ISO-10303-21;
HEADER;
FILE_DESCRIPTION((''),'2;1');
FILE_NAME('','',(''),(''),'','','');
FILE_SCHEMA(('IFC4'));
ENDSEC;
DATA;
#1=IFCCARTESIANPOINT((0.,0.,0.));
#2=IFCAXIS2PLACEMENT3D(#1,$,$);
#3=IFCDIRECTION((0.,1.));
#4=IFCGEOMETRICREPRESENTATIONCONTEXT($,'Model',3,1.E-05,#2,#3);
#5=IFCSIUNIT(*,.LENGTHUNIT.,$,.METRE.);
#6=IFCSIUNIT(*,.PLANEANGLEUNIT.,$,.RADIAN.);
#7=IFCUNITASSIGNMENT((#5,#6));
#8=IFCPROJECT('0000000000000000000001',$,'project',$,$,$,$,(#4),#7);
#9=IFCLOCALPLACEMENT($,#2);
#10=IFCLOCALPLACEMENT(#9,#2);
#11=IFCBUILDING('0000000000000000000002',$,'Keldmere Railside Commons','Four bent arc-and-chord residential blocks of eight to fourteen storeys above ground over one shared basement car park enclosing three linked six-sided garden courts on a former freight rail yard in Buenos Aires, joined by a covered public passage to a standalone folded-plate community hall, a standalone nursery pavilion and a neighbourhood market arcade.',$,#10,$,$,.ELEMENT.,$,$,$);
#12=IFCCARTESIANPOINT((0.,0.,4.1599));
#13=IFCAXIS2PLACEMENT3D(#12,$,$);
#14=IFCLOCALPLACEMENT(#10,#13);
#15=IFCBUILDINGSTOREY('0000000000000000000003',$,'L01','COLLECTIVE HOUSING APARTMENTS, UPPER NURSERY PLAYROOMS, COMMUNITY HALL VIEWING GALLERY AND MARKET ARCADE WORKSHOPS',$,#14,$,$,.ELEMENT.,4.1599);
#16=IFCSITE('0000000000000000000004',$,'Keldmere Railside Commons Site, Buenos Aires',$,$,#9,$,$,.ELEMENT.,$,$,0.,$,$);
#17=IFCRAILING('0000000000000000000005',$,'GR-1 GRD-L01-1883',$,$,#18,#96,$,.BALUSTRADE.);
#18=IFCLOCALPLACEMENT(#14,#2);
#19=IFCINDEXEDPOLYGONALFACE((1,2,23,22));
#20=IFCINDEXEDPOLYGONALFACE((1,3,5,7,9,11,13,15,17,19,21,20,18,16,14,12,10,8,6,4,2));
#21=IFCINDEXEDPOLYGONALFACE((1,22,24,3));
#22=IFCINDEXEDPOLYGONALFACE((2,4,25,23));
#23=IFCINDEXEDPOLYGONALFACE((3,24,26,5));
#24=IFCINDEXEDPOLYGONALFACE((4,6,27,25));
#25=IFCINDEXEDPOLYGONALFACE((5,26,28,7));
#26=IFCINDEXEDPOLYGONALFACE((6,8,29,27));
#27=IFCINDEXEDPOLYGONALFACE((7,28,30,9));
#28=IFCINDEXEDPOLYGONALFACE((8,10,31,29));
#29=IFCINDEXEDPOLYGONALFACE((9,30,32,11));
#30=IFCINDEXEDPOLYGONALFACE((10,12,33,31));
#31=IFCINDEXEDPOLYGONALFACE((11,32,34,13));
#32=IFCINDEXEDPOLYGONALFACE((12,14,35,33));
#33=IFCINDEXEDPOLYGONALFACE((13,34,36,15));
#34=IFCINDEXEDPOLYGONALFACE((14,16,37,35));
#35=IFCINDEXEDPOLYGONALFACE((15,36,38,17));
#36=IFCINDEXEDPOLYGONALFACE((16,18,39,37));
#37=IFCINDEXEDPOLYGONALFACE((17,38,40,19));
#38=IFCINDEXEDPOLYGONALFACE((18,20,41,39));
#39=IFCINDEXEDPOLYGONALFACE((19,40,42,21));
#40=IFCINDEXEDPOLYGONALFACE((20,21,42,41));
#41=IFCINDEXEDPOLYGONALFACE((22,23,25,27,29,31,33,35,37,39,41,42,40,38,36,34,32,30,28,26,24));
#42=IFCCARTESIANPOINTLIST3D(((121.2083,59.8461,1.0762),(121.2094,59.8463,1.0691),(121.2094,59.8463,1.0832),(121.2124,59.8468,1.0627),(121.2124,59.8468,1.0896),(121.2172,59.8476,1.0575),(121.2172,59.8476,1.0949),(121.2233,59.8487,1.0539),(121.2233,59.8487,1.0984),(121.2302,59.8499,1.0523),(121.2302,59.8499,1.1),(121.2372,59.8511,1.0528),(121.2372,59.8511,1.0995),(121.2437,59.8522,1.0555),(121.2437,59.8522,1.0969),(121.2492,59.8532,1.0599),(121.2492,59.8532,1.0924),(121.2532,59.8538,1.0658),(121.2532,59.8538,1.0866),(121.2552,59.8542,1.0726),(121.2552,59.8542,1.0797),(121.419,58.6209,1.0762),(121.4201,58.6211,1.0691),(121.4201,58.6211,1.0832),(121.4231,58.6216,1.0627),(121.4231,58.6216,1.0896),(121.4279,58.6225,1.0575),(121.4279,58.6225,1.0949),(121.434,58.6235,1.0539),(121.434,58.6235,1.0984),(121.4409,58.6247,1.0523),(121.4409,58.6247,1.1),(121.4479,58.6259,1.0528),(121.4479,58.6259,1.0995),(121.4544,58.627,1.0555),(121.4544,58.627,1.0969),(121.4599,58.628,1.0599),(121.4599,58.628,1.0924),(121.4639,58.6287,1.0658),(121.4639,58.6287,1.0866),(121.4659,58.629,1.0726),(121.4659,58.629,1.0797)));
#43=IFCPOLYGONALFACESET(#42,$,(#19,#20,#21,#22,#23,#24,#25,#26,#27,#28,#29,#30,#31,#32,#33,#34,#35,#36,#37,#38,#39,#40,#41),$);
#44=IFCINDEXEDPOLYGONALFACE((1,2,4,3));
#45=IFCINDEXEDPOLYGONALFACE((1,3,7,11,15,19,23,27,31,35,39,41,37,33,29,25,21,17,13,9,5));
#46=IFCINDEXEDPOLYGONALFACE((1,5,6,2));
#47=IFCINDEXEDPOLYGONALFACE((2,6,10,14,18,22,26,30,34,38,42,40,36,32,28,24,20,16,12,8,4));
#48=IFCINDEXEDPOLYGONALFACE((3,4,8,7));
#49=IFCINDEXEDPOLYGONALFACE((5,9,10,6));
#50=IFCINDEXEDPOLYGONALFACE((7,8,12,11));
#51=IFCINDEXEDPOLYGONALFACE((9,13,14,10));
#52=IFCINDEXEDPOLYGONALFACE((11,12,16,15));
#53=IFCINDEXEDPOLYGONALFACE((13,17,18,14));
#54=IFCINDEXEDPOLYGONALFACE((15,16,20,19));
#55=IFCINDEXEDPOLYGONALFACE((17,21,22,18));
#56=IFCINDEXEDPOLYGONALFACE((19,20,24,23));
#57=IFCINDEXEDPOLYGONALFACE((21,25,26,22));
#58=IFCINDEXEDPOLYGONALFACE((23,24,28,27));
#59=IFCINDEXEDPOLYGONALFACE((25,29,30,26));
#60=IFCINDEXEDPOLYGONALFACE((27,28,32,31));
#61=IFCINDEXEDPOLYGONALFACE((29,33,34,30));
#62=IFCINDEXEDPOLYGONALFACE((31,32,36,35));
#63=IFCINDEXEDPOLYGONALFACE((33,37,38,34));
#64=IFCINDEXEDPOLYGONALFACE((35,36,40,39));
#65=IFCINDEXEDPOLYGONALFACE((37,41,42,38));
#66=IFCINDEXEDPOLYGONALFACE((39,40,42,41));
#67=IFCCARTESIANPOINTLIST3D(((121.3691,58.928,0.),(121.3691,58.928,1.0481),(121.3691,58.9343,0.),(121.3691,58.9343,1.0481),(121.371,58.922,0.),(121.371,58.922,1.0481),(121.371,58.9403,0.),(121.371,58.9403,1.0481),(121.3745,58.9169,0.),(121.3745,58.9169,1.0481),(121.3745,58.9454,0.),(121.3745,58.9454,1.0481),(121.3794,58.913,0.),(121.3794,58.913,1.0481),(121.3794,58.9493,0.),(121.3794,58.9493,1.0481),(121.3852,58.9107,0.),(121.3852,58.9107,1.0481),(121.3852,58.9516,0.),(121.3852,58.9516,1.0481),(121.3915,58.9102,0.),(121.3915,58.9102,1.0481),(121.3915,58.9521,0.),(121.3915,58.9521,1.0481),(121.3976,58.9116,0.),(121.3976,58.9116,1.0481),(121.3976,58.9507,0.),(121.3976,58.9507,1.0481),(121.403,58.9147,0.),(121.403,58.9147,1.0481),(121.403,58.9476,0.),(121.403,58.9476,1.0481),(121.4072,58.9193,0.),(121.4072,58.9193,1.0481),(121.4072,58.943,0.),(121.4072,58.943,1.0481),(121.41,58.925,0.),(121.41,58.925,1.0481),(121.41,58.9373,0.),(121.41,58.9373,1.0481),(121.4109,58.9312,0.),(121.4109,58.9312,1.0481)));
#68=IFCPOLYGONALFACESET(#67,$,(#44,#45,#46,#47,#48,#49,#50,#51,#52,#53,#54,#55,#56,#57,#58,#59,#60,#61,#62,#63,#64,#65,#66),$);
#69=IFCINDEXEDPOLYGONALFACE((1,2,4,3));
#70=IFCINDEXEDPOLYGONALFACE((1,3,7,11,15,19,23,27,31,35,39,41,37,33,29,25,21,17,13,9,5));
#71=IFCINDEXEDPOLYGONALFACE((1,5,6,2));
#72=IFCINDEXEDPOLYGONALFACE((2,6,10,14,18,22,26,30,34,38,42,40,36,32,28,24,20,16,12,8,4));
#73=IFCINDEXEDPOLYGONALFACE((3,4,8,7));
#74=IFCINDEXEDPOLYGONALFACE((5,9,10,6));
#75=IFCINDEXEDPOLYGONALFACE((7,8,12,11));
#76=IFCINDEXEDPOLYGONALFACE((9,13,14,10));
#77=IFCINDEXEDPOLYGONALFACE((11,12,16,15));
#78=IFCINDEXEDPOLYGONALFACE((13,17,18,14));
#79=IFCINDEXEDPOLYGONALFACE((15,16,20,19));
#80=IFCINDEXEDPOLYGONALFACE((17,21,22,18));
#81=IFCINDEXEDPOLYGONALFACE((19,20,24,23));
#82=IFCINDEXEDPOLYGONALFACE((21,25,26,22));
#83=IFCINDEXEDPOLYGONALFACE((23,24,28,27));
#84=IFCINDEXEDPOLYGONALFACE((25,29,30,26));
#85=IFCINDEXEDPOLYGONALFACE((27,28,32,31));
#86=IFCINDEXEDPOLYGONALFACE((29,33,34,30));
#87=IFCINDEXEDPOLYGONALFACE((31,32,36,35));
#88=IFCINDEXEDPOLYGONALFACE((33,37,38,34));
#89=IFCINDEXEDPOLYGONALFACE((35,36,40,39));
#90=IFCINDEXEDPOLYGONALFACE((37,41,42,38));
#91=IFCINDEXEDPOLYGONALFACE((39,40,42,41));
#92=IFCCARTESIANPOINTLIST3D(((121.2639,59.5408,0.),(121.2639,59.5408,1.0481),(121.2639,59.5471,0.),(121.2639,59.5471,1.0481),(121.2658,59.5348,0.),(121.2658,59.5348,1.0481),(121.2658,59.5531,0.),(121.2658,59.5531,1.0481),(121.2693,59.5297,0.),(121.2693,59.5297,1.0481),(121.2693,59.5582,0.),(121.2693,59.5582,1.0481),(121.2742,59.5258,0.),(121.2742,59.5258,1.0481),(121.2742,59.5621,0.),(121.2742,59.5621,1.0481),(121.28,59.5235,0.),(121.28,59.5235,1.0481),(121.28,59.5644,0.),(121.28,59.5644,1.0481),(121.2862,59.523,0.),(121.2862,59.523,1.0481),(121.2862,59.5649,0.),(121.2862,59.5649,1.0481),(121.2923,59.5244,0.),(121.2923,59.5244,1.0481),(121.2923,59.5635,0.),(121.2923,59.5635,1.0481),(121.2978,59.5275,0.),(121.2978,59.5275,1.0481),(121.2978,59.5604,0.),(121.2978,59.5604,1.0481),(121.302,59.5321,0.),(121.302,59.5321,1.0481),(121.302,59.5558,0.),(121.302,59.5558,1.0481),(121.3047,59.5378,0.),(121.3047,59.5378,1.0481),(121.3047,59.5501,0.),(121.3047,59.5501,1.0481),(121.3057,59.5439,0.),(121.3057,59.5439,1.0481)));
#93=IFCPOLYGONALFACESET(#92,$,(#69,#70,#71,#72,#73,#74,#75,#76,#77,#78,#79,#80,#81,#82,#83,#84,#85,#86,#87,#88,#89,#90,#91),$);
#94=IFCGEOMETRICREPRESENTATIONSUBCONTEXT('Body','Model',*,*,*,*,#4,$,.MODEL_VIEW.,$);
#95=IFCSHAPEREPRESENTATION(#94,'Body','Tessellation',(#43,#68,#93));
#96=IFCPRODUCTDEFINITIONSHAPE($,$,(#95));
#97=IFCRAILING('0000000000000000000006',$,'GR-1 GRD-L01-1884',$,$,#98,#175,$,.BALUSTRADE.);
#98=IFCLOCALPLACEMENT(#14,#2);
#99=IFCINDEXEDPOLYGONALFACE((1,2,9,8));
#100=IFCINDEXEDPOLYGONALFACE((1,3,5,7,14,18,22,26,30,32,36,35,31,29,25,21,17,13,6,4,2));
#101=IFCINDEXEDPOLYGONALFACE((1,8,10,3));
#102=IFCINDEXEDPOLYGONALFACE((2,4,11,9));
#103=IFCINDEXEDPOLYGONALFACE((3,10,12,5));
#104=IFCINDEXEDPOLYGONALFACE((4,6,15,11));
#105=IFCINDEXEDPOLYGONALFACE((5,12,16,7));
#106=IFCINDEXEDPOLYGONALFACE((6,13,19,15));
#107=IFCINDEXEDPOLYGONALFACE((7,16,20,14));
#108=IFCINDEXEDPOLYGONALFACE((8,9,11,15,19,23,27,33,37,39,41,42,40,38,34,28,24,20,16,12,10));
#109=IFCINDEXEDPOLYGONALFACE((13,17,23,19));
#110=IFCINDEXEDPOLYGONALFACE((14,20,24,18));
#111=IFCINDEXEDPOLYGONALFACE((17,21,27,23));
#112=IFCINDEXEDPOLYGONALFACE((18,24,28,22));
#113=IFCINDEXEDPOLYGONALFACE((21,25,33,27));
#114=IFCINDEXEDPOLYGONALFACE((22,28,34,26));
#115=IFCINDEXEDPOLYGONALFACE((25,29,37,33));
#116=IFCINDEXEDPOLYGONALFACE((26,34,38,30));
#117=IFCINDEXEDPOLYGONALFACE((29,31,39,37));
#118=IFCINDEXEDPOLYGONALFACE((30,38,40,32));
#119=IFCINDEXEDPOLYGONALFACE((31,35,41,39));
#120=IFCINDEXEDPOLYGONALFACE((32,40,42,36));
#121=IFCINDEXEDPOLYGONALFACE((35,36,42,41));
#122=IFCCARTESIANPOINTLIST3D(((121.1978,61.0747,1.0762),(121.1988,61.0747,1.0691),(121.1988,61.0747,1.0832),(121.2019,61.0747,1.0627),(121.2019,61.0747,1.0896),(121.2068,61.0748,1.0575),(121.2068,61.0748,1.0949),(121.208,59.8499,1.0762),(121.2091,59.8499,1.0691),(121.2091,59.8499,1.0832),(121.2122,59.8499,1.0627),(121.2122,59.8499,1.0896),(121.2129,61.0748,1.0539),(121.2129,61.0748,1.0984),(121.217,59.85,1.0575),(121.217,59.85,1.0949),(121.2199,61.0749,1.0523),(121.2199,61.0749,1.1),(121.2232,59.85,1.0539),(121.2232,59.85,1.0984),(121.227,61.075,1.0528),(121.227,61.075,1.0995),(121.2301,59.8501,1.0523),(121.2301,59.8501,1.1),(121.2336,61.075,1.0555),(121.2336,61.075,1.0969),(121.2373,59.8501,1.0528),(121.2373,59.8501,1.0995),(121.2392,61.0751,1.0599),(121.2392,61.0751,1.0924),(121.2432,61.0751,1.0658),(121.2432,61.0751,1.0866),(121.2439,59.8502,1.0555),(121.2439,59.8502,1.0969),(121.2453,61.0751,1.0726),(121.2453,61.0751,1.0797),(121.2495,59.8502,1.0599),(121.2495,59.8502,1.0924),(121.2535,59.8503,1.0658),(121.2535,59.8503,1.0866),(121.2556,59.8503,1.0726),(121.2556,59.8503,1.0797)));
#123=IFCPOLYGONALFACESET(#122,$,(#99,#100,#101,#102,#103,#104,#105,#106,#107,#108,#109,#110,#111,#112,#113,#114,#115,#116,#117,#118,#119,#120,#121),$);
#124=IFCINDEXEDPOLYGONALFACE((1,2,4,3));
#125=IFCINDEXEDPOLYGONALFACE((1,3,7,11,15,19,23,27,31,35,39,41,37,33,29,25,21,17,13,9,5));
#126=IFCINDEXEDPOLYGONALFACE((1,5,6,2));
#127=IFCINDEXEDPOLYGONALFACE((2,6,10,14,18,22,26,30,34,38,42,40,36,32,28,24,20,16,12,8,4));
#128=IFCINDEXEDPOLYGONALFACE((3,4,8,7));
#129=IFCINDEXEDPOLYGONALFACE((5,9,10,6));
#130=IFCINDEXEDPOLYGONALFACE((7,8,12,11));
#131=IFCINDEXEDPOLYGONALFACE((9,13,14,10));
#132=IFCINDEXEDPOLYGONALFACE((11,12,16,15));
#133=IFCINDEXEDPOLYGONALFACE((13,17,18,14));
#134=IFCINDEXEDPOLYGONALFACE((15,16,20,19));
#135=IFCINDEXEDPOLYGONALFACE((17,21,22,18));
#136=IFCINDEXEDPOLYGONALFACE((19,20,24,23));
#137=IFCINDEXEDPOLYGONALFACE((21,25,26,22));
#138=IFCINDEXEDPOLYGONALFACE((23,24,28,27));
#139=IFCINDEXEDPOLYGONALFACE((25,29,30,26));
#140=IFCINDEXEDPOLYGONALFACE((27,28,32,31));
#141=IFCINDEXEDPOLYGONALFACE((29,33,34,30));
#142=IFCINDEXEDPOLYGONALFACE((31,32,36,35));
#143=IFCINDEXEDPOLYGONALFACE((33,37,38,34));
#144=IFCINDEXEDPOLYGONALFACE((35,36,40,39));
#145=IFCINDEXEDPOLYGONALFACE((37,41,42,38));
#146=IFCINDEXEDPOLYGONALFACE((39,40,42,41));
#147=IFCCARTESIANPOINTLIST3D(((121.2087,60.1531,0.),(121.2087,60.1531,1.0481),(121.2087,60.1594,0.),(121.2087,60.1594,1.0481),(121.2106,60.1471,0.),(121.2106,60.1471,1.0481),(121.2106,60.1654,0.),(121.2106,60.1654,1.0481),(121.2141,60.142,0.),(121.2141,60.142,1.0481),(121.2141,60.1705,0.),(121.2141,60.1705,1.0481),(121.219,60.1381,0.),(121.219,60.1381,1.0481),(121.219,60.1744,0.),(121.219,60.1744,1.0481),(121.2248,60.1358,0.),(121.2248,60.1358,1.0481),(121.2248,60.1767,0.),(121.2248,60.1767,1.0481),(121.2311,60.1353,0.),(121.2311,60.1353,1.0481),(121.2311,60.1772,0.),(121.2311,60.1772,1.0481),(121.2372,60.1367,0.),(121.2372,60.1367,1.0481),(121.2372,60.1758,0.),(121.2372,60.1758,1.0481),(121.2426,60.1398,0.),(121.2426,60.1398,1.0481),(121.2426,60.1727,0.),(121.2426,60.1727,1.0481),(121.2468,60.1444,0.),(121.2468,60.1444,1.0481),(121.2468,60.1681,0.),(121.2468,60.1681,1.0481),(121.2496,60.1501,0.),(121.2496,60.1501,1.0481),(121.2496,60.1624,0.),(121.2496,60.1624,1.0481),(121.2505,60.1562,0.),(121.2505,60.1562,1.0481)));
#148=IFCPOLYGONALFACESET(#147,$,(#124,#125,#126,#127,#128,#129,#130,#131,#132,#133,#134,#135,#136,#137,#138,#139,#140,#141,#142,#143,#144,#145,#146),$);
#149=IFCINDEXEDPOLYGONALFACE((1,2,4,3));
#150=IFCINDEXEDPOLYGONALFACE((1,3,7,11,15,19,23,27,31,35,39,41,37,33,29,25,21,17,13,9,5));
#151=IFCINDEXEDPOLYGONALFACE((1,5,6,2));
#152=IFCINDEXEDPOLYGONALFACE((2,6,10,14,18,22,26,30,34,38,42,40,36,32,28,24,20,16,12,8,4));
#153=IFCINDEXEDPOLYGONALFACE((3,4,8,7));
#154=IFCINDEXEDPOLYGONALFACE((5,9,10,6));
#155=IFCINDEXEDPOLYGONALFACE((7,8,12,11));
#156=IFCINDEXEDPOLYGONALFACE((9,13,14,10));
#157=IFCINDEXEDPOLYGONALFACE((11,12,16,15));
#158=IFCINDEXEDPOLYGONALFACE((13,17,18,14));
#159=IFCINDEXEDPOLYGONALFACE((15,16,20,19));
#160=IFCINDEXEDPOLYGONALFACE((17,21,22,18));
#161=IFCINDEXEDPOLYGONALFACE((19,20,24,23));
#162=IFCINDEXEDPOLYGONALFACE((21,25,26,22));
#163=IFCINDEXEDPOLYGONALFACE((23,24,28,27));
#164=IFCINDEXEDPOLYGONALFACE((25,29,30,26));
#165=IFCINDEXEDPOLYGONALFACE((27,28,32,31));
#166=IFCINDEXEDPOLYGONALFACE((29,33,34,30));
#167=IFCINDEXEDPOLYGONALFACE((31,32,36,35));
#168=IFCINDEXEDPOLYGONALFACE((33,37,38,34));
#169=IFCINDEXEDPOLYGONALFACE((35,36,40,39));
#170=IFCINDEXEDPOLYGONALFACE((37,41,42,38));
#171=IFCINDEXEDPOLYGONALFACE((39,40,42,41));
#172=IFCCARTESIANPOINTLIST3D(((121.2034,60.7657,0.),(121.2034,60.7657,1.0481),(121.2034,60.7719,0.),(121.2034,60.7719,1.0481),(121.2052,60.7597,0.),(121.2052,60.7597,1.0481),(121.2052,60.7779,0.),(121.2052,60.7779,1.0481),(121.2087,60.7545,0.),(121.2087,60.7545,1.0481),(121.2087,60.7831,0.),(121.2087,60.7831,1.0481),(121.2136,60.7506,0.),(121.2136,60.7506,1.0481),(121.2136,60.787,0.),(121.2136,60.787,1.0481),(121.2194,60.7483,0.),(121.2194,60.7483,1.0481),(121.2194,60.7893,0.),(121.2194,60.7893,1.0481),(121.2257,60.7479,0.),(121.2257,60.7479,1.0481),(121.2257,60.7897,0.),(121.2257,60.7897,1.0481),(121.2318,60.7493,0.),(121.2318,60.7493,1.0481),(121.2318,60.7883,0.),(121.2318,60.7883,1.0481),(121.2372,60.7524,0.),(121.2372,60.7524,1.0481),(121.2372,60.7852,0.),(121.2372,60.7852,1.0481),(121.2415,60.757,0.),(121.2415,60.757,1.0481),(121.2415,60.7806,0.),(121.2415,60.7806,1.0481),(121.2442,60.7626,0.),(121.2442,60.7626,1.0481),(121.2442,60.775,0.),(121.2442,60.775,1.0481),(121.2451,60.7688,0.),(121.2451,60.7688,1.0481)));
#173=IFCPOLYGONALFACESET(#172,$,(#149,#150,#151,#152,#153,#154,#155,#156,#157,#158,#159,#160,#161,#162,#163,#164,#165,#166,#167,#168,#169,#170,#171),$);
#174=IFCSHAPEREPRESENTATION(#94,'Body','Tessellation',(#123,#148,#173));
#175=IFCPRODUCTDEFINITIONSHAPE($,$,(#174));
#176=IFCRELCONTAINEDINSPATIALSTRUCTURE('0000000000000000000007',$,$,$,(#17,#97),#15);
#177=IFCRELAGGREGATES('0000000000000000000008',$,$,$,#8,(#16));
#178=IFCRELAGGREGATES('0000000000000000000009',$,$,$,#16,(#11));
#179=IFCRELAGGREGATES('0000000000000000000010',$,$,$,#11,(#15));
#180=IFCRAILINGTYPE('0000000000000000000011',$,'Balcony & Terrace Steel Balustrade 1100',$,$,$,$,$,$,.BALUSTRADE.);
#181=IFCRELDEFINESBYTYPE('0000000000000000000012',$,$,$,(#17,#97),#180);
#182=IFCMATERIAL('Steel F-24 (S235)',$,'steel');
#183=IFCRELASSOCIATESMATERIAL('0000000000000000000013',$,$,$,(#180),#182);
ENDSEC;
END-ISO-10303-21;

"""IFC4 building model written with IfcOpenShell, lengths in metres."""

from ifc_helpers import new_model, si_unit, direction, frame, origin, origin_2d, place, context, subcontext, project, spatial, circle, extrude, material, type_object, element, save


model = new_model("IFC4")

# Units and contexts
model_context = context("Model", 3, precision=1e-05, world=origin(), true_north=direction((0.0, 1.0)))
body_context = subcontext(model_context, "Body", "Model", "MODEL_VIEW")
ifc_project = project(units=[si_unit("LENGTHUNIT", "METRE"), si_unit("PLANEANGLEUNIT", "RADIAN")], contexts=[model_context])

# Site, building, storey
site_placement = place(None, origin())
site = spatial("IfcSite", under=ifc_project, at=site_placement, Name="Keldmere Railside Commons Site, Buenos Aires", CompositionType="ELEMENT", RefElevation=0.0)
building_placement = place(site_placement, origin())
building = spatial("IfcBuilding", under=site, at=building_placement, Name="Keldmere Railside Commons", Description="Four bent arc-and-chord residential blocks of eight to fourteen storeys above ground over one shared basement car park enclosing three linked six-sided garden courts on a former freight rail yard in Buenos Aires, joined by a covered public passage to a standalone folded-plate community hall, a standalone nursery pavilion and a neighbourhood market arcade.", CompositionType="ELEMENT")
storey_placement = place(building_placement, frame((0.0, 0.0, 4.1599)))
storey = spatial("IfcBuildingStorey", under=building, at=storey_placement, Name="L01", Description="COLLECTIVE HOUSING APARTMENTS, UPPER NURSERY PLAYROOMS, COMMUNITY HALL VIEWING GALLERY AND MARKET ARCADE WORKSHOPS", CompositionType="ELEMENT", Elevation=4.1599)

# Railings
ifc_material_1 = material(Name="Steel F-24 (S235)", Category="steel")
railing_type = type_object("IfcRailingType", Name="Balcony & Terrace Steel Balustrade 1100", PredefinedType="BALUSTRADE", material=ifc_material_1)
railing_1_placement = place(storey_placement, frame((121.4426, 58.625, 0.0)))
element("IfcRailing", 1, at=railing_1_placement, inside=storey, type_object=railing_type, Name="GR-1 GRD-L01-1883", PredefinedType="BALUSTRADE", context=body_context, shape_type="SweptSolid", body=[
    extrude(circle(Radius=0.0239, at=origin_2d()), frame((0.0, 0.0, 1.0762), z_axis=(-0.169493, 0.985531, 0.0), x_axis=(-0.985531, -0.169493, 0.0)), (0.0, 0.0, 1.0), 1.2432),
    extrude(circle(Radius=0.021, at=origin_2d()), frame((-0.0527, 0.3062, 0.0)), (0.0, 0.0, 1.0), 1.0481),
    extrude(circle(Radius=0.021, at=origin_2d()), frame((-0.158, 0.9189, 0.0)), (0.0, 0.0, 1.0), 1.0481),
])
railing_2_placement = place(storey_placement, frame((121.2319, 59.8501, 0.0)))
element("IfcRailing", 2, at=railing_2_placement, inside=storey, type_object=railing_type, Name="GR-1 GRD-L01-1884", PredefinedType="BALUSTRADE", context=body_context, shape_type="SweptSolid", body=[
    extrude(circle(Radius=0.0239, at=origin_2d()), frame((0.0, 0.0, 1.0762), z_axis=(-0.008371, 0.999965, 0.0), x_axis=(-0.999965, -0.008371, 0.0)), (0.0, 0.0, 1.0), 1.2249),
    extrude(circle(Radius=0.021, at=origin_2d()), frame((-0.0024, 0.3062, 0.0)), (0.0, 0.0, 1.0), 1.0481),
    extrude(circle(Radius=0.021, at=origin_2d()), frame((-0.0078, 0.9187, 0.0)), (0.0, 0.0, 1.0), 1.0481),
])

save(model, "model.ifc")
